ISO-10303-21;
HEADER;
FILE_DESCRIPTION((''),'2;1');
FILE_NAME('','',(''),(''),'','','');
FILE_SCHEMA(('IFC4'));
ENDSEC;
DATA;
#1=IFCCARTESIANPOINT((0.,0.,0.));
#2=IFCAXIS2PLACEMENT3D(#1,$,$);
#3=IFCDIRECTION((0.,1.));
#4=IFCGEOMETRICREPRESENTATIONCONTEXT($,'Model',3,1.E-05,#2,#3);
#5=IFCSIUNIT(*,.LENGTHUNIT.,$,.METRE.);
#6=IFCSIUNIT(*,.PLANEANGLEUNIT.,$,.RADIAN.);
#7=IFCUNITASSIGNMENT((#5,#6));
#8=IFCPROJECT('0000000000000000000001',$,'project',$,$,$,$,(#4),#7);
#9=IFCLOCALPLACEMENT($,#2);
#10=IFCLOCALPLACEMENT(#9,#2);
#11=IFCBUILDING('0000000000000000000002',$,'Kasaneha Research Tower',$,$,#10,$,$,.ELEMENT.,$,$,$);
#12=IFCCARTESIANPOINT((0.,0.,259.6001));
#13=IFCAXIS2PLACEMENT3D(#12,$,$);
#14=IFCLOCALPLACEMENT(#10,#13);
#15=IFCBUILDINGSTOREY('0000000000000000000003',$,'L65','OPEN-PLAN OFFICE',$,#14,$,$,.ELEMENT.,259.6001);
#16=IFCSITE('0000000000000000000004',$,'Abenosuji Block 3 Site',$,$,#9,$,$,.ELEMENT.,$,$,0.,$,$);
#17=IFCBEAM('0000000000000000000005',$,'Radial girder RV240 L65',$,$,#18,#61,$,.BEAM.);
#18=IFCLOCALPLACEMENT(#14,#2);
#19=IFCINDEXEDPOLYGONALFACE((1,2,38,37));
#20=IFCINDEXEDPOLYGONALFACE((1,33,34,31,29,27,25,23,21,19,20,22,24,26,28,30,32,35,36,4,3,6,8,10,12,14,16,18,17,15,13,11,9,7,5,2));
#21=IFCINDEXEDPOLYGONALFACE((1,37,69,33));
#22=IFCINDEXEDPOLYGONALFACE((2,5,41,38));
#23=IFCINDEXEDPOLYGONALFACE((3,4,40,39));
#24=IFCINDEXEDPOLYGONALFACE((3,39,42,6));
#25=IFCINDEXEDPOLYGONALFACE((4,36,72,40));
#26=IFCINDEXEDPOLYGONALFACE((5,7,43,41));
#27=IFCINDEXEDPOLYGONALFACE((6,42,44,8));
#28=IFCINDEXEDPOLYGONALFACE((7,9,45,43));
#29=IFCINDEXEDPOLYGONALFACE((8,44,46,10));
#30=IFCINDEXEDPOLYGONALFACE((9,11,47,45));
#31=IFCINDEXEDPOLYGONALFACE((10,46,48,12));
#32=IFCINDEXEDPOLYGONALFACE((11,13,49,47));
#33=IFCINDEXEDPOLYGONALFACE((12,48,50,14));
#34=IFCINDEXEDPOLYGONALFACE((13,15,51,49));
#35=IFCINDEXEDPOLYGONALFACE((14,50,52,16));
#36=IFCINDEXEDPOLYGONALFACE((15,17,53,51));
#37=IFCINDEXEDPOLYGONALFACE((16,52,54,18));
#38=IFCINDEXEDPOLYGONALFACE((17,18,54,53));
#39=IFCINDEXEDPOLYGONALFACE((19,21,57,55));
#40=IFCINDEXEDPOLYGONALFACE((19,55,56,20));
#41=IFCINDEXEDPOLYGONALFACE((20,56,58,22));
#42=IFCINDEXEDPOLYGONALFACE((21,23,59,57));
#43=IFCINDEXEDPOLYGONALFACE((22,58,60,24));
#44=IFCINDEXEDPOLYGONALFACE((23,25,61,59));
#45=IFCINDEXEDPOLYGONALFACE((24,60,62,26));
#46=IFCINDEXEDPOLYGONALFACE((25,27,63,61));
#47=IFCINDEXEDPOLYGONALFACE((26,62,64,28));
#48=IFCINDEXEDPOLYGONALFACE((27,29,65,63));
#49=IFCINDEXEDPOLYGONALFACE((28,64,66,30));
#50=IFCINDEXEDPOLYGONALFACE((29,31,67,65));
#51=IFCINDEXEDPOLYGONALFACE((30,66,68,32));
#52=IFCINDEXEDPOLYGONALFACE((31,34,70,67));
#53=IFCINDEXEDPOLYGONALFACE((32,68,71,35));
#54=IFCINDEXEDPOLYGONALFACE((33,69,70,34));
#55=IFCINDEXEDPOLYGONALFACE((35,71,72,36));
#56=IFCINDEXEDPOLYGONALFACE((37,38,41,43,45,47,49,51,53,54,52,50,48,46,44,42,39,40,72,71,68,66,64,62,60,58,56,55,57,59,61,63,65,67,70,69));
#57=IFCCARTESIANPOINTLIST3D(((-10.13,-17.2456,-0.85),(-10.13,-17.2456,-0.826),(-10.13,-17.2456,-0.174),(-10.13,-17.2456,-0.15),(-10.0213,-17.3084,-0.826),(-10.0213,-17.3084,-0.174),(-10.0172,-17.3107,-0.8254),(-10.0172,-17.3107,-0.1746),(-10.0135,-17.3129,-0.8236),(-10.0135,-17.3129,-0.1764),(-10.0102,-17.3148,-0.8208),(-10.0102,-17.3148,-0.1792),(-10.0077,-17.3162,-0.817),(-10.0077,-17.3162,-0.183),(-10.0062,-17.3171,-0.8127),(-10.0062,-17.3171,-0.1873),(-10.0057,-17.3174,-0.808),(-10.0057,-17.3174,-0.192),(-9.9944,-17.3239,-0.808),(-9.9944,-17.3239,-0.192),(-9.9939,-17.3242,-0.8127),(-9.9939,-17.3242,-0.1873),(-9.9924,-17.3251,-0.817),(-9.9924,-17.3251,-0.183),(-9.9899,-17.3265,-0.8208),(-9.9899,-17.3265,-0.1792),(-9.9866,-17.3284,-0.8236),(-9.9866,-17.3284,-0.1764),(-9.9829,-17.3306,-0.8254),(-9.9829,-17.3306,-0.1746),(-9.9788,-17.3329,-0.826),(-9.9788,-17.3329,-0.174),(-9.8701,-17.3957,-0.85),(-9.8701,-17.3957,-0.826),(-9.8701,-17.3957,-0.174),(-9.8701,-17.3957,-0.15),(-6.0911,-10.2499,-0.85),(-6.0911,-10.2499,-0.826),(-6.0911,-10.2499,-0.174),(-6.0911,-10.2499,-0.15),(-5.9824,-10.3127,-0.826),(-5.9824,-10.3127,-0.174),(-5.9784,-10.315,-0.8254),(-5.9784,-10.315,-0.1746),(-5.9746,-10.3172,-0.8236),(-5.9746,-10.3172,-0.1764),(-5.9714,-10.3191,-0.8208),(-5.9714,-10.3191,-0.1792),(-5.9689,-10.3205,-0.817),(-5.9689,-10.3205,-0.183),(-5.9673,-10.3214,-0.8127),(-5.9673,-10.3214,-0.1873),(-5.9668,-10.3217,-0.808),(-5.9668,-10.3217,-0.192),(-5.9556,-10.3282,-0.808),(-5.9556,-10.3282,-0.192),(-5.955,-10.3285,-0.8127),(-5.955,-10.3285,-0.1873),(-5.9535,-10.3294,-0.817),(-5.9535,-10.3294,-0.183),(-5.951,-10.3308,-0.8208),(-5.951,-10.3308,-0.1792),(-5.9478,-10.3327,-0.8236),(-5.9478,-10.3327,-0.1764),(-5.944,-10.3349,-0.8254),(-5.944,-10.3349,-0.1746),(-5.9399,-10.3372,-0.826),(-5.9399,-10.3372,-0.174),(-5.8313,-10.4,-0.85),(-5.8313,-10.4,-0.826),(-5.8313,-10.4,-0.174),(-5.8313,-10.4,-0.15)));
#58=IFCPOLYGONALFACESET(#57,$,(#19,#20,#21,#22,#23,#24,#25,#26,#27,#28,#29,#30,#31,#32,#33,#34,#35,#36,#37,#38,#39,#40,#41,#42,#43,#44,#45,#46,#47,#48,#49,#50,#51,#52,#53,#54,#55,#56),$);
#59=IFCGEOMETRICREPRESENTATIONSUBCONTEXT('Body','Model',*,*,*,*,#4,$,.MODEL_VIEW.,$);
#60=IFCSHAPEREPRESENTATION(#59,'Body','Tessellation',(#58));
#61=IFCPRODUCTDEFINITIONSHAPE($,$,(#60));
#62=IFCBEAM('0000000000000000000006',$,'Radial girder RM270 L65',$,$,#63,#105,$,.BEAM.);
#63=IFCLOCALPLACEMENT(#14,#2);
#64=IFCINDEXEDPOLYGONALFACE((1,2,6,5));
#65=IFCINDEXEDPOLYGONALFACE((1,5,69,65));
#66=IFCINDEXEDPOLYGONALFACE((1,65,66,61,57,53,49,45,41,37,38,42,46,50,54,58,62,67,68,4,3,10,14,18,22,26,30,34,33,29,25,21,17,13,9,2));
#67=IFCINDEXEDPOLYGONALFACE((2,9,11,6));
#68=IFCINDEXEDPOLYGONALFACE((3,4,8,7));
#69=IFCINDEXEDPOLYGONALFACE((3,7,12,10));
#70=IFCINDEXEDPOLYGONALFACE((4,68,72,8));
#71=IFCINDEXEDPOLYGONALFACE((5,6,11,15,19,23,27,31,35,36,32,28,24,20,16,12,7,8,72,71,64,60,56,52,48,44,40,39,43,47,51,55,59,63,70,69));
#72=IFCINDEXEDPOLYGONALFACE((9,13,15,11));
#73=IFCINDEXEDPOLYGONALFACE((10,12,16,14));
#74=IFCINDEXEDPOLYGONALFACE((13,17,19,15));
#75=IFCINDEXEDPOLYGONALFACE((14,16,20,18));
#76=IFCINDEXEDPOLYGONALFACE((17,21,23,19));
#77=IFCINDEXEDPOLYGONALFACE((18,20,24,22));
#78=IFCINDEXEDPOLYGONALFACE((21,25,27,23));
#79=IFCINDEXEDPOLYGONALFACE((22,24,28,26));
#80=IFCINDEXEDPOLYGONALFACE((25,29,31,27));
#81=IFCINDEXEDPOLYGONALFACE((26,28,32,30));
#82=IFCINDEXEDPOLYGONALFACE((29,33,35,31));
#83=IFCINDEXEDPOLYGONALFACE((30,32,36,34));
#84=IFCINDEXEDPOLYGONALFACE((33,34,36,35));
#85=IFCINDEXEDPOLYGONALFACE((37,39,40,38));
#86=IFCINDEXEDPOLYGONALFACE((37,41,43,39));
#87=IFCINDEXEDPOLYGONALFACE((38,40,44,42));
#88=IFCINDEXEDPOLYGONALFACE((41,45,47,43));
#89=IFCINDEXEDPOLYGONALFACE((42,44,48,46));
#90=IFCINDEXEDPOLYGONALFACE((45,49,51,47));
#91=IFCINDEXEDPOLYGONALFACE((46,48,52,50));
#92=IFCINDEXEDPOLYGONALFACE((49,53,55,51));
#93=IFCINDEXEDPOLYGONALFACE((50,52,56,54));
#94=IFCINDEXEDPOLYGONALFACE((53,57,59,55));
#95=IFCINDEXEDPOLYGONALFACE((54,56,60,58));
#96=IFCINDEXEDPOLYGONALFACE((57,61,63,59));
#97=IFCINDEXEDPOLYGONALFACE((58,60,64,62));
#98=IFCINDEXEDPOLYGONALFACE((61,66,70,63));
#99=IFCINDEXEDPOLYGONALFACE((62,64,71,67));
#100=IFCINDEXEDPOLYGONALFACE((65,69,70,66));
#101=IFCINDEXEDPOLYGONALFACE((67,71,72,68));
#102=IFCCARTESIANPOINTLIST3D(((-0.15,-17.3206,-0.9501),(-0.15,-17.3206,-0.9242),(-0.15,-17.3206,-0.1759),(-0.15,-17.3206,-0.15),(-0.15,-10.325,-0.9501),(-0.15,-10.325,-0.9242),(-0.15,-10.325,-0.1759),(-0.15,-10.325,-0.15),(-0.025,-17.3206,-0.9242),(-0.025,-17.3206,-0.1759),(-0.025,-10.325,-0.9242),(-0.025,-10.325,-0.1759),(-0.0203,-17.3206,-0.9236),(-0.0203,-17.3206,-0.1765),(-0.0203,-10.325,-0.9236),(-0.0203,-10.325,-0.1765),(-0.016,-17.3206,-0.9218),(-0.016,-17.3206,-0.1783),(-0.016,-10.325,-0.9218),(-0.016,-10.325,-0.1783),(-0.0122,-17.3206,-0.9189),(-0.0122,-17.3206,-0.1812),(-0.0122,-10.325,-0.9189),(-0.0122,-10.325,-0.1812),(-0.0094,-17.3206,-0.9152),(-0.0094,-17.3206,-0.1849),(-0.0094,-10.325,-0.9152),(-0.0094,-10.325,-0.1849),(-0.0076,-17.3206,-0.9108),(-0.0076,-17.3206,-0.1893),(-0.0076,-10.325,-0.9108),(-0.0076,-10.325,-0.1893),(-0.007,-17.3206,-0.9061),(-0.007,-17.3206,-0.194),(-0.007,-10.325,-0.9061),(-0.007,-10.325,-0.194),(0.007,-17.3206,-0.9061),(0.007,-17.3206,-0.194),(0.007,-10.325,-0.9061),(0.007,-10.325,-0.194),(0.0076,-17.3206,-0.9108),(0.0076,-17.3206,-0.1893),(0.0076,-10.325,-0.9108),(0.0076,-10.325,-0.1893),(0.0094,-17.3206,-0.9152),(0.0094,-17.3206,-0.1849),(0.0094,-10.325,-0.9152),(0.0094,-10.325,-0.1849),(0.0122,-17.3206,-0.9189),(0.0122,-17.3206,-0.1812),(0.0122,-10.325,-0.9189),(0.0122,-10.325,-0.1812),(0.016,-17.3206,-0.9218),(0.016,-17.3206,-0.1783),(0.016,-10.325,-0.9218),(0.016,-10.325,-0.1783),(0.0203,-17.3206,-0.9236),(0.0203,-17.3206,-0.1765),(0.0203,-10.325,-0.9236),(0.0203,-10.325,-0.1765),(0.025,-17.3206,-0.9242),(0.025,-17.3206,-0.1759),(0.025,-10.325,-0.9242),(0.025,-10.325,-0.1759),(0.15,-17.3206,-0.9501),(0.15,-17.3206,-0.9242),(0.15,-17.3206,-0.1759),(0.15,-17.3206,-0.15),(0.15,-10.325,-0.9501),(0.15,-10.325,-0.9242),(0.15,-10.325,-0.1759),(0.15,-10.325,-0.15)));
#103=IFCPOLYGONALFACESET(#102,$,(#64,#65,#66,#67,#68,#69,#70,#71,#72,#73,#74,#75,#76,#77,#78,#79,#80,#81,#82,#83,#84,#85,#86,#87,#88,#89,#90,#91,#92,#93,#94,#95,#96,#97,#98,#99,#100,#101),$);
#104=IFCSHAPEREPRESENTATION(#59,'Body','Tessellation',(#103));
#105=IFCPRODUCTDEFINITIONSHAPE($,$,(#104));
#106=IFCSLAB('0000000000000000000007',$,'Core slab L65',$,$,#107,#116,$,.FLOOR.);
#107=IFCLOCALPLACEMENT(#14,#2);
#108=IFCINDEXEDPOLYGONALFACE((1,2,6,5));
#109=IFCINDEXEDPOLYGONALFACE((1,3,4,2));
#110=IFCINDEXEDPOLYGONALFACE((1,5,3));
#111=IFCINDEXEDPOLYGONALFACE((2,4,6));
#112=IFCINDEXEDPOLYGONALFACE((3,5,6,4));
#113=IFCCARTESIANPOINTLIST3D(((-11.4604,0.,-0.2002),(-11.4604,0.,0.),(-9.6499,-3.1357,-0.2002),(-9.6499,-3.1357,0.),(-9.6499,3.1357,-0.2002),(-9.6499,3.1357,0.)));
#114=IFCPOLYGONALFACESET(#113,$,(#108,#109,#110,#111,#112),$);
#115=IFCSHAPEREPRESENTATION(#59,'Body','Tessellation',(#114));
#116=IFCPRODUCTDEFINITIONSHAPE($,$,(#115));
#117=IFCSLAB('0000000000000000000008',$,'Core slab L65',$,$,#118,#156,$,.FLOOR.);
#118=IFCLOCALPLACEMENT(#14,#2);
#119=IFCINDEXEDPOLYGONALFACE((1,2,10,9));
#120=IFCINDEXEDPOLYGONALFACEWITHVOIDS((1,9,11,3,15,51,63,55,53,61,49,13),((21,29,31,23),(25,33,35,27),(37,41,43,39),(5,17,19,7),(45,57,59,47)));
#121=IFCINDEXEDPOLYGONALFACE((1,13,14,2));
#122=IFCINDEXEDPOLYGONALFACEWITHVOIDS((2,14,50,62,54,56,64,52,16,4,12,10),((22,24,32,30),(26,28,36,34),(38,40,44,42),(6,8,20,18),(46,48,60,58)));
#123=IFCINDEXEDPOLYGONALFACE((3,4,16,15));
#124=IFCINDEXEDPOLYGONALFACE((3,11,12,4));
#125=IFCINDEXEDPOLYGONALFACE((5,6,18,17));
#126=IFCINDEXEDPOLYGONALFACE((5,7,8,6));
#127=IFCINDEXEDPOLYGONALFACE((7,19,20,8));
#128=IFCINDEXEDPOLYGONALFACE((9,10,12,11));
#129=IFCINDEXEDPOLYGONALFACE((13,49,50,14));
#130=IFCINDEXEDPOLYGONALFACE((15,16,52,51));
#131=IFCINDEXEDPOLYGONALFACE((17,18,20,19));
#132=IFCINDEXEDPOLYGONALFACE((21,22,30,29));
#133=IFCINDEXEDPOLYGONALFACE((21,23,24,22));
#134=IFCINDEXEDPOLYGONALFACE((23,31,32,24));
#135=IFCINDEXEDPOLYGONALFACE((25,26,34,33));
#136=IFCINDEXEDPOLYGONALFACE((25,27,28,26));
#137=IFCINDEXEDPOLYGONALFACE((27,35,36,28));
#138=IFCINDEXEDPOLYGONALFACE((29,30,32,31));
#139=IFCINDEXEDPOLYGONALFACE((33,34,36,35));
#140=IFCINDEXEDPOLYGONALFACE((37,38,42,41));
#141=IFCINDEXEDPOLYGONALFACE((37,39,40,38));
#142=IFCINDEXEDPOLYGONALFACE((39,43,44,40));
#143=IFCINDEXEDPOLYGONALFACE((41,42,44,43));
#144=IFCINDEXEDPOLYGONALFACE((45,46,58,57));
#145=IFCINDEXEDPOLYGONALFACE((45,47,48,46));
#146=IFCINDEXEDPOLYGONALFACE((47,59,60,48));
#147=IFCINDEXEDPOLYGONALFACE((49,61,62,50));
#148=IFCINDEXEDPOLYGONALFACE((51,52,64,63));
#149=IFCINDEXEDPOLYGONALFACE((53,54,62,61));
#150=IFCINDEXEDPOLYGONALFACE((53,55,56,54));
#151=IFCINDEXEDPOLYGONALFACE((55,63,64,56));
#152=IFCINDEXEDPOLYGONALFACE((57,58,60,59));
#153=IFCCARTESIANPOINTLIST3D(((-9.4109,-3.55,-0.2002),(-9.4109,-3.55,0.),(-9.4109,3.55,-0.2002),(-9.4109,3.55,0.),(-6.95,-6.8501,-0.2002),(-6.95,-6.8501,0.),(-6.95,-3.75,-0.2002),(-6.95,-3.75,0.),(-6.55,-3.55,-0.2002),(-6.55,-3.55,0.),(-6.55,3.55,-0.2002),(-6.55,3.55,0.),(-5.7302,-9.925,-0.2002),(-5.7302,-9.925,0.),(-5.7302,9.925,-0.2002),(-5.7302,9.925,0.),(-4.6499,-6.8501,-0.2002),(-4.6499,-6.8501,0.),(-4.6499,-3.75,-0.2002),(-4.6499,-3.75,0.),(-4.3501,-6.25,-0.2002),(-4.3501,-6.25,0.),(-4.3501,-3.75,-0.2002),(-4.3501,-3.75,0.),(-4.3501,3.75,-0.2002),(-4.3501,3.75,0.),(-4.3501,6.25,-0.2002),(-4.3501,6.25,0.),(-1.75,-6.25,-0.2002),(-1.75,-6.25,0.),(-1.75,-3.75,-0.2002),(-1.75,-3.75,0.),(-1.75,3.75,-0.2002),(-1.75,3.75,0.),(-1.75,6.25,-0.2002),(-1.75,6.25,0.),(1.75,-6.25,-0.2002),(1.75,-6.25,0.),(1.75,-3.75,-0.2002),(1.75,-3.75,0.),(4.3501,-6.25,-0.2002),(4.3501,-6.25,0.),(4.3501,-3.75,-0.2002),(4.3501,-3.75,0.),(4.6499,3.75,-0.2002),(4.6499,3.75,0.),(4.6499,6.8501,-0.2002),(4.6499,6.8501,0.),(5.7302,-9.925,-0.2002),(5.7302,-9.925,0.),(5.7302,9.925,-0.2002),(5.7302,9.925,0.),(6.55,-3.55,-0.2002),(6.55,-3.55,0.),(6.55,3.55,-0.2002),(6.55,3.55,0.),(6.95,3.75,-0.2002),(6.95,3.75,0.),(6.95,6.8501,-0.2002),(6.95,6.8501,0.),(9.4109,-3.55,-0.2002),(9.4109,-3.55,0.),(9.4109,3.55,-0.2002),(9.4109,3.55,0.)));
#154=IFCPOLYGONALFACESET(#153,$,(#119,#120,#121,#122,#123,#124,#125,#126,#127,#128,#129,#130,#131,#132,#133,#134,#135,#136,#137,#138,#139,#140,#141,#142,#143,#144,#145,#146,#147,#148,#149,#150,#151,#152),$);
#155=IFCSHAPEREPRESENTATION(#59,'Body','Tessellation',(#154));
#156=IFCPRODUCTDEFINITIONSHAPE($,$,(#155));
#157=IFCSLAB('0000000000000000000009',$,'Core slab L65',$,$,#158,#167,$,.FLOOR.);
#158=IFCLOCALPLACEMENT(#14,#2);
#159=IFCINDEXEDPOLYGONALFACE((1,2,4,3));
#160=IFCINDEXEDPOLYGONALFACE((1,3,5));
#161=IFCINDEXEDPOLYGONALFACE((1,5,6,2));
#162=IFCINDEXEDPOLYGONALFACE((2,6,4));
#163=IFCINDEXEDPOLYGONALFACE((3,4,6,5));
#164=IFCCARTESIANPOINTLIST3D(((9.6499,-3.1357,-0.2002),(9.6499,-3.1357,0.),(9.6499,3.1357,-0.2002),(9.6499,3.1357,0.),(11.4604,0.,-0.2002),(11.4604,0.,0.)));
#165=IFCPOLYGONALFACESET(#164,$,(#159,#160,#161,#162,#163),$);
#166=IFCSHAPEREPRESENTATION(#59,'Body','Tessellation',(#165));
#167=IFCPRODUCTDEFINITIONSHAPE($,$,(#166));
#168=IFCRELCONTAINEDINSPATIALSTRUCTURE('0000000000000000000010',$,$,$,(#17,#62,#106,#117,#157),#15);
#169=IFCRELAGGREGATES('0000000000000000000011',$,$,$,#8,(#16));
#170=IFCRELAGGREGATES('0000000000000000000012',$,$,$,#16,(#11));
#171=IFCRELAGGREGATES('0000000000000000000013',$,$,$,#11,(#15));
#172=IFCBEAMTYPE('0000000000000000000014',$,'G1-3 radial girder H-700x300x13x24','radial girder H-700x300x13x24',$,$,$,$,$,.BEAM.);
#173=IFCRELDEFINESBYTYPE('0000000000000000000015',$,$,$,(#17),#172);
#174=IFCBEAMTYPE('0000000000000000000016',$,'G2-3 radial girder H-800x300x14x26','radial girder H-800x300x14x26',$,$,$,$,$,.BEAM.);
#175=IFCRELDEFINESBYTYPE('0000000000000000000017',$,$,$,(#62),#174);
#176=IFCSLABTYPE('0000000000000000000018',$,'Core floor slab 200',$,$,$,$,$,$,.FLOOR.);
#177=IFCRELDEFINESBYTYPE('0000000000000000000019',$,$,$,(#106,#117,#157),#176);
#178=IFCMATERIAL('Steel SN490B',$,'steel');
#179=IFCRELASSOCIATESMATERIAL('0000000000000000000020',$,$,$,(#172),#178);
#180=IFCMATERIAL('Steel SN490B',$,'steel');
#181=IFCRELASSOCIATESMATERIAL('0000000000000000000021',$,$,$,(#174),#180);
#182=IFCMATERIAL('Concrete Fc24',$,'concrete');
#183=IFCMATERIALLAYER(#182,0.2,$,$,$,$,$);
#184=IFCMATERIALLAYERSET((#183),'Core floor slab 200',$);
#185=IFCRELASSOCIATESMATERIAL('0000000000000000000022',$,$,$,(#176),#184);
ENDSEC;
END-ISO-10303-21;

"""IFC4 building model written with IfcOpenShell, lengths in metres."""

from ifc_helpers import new_model, si_unit, direction, frame, origin, origin_2d, place, context, subcontext, project, spatial, polyline, i_section, outline, extrude, material, layer, layer_set, material_profile, profile_set, type_object, element, save


model = new_model("IFC4")

# Units and contexts
model_context = context("Model", 3, precision=1e-05, world=origin(), true_north=direction((0.0, 1.0)))
body_context = subcontext(model_context, "Body", "Model", "MODEL_VIEW")
ifc_project = project(units=[si_unit("LENGTHUNIT", "METRE"), si_unit("PLANEANGLEUNIT", "RADIAN")], contexts=[model_context])

# Site, building, storey
site_placement = place(None, origin())
site = spatial("IfcSite", under=ifc_project, at=site_placement, Name="Abenosuji Block 3 Site", CompositionType="ELEMENT", RefElevation=0.0)
building_placement = place(site_placement, origin())
building = spatial("IfcBuilding", under=site, at=building_placement, Name="Kasaneha Research Tower", CompositionType="ELEMENT")
storey_placement = place(building_placement, frame((0.0, 0.0, 259.6001)))
storey = spatial("IfcBuildingStorey", under=building, at=storey_placement, Name="L65", Description="OPEN-PLAN OFFICE", CompositionType="ELEMENT", Elevation=259.6001)

# Beams
ifc_material_1 = material(Name="Steel SN490B", Category="steel")
ifc_material_profile_1 = material_profile(ifc_material_1, i_section(OverallWidth=0.3, OverallDepth=0.7, WebThickness=0.0129, FlangeThickness=0.0239, FilletRadius=0.0181, at=origin_2d()), Name="H-700x300x13x24")
ifc_profile_set_1 = profile_set([ifc_material_profile_1], Name="Steel SN490B")
beam_type_1 = type_object("IfcBeamType", Name="G1-3 radial girder H-700x300x13x24", Description="radial girder H-700x300x13x24", PredefinedType="BEAM", material=ifc_profile_set_1)
beam_1_placement = place(storey_placement, frame((-5.9612, -10.325, -0.5), z_axis=(-0.499991, -0.866031, 0.0), x_axis=(0.866031, -0.499991, 0.0)))
element("IfcBeam", 1, at=beam_1_placement, inside=storey, type_object=beam_type_1, Name="Radial girder RV240 L65", PredefinedType="BEAM", context=body_context, shape_type="SweptSolid", body=[
    extrude(i_section(OverallWidth=0.3, OverallDepth=0.7, WebThickness=0.0129, FlangeThickness=0.0239, FilletRadius=0.0181, at=origin_2d()), origin(), (0.0, 0.0, 1.0), 8.0779),
])
ifc_material_2 = material(Name="Steel SN490B", Category="steel")
ifc_material_profile_2 = material_profile(ifc_material_2, i_section(OverallWidth=0.3, OverallDepth=0.8, WebThickness=0.0139, FlangeThickness=0.0259, FilletRadius=0.0181, at=origin_2d()), Name="H-800x300x14x26")
ifc_profile_set_2 = profile_set([ifc_material_profile_2], Name="Steel SN490B")
beam_type_2 = type_object("IfcBeamType", Name="G2-3 radial girder H-800x300x14x26", Description="radial girder H-800x300x14x26", PredefinedType="BEAM", material=ifc_profile_set_2)
beam_2_placement = place(storey_placement, frame((0.0, -10.325, -0.55), z_axis=(0.0, -1.0, 0.0), x_axis=(1.0, 0.0, 0.0)))
element("IfcBeam", 2, at=beam_2_placement, inside=storey, type_object=beam_type_2, Name="Radial girder RM270 L65", PredefinedType="BEAM", context=body_context, shape_type="SweptSolid", body=[
    extrude(i_section(OverallWidth=0.3, OverallDepth=0.8, WebThickness=0.0139, FlangeThickness=0.0259, FilletRadius=0.0181, at=origin_2d()), origin(), (0.0, 0.0, 1.0), 6.9956),
])

# Slabs
ifc_material_3 = material(Name="Concrete Fc24", Category="concrete")
ifc_layer_1 = layer(ifc_material_3, 0.2)
ifc_layer_set_1 = layer_set([ifc_layer_1], Name="Core floor slab 200")
slab_type_1 = type_object("IfcSlabType", Name="Core floor slab 200", PredefinedType="FLOOR", material=ifc_layer_set_1)
slab_1_placement = place(storey_placement, frame((0.0, 0.0, -0.2002)))
element("IfcSlab", 3, at=slab_1_placement, inside=storey, type_object=slab_type_1, Name="Core slab L65", PredefinedType="FLOOR", context=body_context, shape_type="SweptSolid", body=[
    extrude(outline(polyline([(-11.4604, 0.0), (-9.6499, 3.1357), (-9.6499, -3.1357), (-11.4604, 0.0)])), origin(), (0.0, 0.0, 1.0), 0.2002),
])
slab_2_placement = place(storey_placement, frame((0.0, 0.0, -0.2002)))
element("IfcSlab", 4, at=slab_2_placement, inside=storey, type_object=slab_type_1, Name="Core slab L65", PredefinedType="FLOOR", context=body_context, shape_type="SweptSolid", body=[
    extrude(outline(polyline([(-5.7302, 9.925), (5.7302, 9.925), (9.4109, 3.55), (6.55, 3.55), (6.55, -3.55), (9.4109, -3.55), (5.7302, -9.925), (-5.7302, -9.925), (-9.4109, -3.55), (-6.55, -3.55), (-6.55, 3.55), (-9.4109, 3.55), (-5.7302, 9.925)]), holes=[polyline([(-6.95, -6.8501), (-4.6499, -6.8501), (-4.6499, -3.75), (-6.95, -3.75), (-6.95, -6.8501)]), polyline([(-4.3501, -3.75), (-4.3501, -6.25), (-1.75, -6.25), (-1.75, -3.75), (-4.3501, -3.75)]), polyline([(1.75, -3.75), (1.75, -6.25), (4.3501, -6.25), (4.3501, -3.75), (1.75, -3.75)]), polyline([(-4.3501, 6.25), (-4.3501, 3.75), (-1.75, 3.75), (-1.75, 6.25), (-4.3501, 6.25)]), polyline([(4.6499, 6.8501), (4.6499, 3.75), (6.95, 3.75), (6.95, 6.8501), (4.6499, 6.8501)])]), origin(), (0.0, 0.0, 1.0), 0.2002),
])
slab_3_placement = place(storey_placement, frame((0.0, 0.0, -0.2002)))
element("IfcSlab", 5, at=slab_3_placement, inside=storey, type_object=slab_type_1, Name="Core slab L65", PredefinedType="FLOOR", context=body_context, shape_type="SweptSolid", body=[
    extrude(outline(polyline([(11.4604, 0.0), (9.6499, -3.1357), (9.6499, 3.1357), (11.4604, 0.0)])), origin(), (0.0, 0.0, 1.0), 0.2002),
])

save(model, "model.ifc")
